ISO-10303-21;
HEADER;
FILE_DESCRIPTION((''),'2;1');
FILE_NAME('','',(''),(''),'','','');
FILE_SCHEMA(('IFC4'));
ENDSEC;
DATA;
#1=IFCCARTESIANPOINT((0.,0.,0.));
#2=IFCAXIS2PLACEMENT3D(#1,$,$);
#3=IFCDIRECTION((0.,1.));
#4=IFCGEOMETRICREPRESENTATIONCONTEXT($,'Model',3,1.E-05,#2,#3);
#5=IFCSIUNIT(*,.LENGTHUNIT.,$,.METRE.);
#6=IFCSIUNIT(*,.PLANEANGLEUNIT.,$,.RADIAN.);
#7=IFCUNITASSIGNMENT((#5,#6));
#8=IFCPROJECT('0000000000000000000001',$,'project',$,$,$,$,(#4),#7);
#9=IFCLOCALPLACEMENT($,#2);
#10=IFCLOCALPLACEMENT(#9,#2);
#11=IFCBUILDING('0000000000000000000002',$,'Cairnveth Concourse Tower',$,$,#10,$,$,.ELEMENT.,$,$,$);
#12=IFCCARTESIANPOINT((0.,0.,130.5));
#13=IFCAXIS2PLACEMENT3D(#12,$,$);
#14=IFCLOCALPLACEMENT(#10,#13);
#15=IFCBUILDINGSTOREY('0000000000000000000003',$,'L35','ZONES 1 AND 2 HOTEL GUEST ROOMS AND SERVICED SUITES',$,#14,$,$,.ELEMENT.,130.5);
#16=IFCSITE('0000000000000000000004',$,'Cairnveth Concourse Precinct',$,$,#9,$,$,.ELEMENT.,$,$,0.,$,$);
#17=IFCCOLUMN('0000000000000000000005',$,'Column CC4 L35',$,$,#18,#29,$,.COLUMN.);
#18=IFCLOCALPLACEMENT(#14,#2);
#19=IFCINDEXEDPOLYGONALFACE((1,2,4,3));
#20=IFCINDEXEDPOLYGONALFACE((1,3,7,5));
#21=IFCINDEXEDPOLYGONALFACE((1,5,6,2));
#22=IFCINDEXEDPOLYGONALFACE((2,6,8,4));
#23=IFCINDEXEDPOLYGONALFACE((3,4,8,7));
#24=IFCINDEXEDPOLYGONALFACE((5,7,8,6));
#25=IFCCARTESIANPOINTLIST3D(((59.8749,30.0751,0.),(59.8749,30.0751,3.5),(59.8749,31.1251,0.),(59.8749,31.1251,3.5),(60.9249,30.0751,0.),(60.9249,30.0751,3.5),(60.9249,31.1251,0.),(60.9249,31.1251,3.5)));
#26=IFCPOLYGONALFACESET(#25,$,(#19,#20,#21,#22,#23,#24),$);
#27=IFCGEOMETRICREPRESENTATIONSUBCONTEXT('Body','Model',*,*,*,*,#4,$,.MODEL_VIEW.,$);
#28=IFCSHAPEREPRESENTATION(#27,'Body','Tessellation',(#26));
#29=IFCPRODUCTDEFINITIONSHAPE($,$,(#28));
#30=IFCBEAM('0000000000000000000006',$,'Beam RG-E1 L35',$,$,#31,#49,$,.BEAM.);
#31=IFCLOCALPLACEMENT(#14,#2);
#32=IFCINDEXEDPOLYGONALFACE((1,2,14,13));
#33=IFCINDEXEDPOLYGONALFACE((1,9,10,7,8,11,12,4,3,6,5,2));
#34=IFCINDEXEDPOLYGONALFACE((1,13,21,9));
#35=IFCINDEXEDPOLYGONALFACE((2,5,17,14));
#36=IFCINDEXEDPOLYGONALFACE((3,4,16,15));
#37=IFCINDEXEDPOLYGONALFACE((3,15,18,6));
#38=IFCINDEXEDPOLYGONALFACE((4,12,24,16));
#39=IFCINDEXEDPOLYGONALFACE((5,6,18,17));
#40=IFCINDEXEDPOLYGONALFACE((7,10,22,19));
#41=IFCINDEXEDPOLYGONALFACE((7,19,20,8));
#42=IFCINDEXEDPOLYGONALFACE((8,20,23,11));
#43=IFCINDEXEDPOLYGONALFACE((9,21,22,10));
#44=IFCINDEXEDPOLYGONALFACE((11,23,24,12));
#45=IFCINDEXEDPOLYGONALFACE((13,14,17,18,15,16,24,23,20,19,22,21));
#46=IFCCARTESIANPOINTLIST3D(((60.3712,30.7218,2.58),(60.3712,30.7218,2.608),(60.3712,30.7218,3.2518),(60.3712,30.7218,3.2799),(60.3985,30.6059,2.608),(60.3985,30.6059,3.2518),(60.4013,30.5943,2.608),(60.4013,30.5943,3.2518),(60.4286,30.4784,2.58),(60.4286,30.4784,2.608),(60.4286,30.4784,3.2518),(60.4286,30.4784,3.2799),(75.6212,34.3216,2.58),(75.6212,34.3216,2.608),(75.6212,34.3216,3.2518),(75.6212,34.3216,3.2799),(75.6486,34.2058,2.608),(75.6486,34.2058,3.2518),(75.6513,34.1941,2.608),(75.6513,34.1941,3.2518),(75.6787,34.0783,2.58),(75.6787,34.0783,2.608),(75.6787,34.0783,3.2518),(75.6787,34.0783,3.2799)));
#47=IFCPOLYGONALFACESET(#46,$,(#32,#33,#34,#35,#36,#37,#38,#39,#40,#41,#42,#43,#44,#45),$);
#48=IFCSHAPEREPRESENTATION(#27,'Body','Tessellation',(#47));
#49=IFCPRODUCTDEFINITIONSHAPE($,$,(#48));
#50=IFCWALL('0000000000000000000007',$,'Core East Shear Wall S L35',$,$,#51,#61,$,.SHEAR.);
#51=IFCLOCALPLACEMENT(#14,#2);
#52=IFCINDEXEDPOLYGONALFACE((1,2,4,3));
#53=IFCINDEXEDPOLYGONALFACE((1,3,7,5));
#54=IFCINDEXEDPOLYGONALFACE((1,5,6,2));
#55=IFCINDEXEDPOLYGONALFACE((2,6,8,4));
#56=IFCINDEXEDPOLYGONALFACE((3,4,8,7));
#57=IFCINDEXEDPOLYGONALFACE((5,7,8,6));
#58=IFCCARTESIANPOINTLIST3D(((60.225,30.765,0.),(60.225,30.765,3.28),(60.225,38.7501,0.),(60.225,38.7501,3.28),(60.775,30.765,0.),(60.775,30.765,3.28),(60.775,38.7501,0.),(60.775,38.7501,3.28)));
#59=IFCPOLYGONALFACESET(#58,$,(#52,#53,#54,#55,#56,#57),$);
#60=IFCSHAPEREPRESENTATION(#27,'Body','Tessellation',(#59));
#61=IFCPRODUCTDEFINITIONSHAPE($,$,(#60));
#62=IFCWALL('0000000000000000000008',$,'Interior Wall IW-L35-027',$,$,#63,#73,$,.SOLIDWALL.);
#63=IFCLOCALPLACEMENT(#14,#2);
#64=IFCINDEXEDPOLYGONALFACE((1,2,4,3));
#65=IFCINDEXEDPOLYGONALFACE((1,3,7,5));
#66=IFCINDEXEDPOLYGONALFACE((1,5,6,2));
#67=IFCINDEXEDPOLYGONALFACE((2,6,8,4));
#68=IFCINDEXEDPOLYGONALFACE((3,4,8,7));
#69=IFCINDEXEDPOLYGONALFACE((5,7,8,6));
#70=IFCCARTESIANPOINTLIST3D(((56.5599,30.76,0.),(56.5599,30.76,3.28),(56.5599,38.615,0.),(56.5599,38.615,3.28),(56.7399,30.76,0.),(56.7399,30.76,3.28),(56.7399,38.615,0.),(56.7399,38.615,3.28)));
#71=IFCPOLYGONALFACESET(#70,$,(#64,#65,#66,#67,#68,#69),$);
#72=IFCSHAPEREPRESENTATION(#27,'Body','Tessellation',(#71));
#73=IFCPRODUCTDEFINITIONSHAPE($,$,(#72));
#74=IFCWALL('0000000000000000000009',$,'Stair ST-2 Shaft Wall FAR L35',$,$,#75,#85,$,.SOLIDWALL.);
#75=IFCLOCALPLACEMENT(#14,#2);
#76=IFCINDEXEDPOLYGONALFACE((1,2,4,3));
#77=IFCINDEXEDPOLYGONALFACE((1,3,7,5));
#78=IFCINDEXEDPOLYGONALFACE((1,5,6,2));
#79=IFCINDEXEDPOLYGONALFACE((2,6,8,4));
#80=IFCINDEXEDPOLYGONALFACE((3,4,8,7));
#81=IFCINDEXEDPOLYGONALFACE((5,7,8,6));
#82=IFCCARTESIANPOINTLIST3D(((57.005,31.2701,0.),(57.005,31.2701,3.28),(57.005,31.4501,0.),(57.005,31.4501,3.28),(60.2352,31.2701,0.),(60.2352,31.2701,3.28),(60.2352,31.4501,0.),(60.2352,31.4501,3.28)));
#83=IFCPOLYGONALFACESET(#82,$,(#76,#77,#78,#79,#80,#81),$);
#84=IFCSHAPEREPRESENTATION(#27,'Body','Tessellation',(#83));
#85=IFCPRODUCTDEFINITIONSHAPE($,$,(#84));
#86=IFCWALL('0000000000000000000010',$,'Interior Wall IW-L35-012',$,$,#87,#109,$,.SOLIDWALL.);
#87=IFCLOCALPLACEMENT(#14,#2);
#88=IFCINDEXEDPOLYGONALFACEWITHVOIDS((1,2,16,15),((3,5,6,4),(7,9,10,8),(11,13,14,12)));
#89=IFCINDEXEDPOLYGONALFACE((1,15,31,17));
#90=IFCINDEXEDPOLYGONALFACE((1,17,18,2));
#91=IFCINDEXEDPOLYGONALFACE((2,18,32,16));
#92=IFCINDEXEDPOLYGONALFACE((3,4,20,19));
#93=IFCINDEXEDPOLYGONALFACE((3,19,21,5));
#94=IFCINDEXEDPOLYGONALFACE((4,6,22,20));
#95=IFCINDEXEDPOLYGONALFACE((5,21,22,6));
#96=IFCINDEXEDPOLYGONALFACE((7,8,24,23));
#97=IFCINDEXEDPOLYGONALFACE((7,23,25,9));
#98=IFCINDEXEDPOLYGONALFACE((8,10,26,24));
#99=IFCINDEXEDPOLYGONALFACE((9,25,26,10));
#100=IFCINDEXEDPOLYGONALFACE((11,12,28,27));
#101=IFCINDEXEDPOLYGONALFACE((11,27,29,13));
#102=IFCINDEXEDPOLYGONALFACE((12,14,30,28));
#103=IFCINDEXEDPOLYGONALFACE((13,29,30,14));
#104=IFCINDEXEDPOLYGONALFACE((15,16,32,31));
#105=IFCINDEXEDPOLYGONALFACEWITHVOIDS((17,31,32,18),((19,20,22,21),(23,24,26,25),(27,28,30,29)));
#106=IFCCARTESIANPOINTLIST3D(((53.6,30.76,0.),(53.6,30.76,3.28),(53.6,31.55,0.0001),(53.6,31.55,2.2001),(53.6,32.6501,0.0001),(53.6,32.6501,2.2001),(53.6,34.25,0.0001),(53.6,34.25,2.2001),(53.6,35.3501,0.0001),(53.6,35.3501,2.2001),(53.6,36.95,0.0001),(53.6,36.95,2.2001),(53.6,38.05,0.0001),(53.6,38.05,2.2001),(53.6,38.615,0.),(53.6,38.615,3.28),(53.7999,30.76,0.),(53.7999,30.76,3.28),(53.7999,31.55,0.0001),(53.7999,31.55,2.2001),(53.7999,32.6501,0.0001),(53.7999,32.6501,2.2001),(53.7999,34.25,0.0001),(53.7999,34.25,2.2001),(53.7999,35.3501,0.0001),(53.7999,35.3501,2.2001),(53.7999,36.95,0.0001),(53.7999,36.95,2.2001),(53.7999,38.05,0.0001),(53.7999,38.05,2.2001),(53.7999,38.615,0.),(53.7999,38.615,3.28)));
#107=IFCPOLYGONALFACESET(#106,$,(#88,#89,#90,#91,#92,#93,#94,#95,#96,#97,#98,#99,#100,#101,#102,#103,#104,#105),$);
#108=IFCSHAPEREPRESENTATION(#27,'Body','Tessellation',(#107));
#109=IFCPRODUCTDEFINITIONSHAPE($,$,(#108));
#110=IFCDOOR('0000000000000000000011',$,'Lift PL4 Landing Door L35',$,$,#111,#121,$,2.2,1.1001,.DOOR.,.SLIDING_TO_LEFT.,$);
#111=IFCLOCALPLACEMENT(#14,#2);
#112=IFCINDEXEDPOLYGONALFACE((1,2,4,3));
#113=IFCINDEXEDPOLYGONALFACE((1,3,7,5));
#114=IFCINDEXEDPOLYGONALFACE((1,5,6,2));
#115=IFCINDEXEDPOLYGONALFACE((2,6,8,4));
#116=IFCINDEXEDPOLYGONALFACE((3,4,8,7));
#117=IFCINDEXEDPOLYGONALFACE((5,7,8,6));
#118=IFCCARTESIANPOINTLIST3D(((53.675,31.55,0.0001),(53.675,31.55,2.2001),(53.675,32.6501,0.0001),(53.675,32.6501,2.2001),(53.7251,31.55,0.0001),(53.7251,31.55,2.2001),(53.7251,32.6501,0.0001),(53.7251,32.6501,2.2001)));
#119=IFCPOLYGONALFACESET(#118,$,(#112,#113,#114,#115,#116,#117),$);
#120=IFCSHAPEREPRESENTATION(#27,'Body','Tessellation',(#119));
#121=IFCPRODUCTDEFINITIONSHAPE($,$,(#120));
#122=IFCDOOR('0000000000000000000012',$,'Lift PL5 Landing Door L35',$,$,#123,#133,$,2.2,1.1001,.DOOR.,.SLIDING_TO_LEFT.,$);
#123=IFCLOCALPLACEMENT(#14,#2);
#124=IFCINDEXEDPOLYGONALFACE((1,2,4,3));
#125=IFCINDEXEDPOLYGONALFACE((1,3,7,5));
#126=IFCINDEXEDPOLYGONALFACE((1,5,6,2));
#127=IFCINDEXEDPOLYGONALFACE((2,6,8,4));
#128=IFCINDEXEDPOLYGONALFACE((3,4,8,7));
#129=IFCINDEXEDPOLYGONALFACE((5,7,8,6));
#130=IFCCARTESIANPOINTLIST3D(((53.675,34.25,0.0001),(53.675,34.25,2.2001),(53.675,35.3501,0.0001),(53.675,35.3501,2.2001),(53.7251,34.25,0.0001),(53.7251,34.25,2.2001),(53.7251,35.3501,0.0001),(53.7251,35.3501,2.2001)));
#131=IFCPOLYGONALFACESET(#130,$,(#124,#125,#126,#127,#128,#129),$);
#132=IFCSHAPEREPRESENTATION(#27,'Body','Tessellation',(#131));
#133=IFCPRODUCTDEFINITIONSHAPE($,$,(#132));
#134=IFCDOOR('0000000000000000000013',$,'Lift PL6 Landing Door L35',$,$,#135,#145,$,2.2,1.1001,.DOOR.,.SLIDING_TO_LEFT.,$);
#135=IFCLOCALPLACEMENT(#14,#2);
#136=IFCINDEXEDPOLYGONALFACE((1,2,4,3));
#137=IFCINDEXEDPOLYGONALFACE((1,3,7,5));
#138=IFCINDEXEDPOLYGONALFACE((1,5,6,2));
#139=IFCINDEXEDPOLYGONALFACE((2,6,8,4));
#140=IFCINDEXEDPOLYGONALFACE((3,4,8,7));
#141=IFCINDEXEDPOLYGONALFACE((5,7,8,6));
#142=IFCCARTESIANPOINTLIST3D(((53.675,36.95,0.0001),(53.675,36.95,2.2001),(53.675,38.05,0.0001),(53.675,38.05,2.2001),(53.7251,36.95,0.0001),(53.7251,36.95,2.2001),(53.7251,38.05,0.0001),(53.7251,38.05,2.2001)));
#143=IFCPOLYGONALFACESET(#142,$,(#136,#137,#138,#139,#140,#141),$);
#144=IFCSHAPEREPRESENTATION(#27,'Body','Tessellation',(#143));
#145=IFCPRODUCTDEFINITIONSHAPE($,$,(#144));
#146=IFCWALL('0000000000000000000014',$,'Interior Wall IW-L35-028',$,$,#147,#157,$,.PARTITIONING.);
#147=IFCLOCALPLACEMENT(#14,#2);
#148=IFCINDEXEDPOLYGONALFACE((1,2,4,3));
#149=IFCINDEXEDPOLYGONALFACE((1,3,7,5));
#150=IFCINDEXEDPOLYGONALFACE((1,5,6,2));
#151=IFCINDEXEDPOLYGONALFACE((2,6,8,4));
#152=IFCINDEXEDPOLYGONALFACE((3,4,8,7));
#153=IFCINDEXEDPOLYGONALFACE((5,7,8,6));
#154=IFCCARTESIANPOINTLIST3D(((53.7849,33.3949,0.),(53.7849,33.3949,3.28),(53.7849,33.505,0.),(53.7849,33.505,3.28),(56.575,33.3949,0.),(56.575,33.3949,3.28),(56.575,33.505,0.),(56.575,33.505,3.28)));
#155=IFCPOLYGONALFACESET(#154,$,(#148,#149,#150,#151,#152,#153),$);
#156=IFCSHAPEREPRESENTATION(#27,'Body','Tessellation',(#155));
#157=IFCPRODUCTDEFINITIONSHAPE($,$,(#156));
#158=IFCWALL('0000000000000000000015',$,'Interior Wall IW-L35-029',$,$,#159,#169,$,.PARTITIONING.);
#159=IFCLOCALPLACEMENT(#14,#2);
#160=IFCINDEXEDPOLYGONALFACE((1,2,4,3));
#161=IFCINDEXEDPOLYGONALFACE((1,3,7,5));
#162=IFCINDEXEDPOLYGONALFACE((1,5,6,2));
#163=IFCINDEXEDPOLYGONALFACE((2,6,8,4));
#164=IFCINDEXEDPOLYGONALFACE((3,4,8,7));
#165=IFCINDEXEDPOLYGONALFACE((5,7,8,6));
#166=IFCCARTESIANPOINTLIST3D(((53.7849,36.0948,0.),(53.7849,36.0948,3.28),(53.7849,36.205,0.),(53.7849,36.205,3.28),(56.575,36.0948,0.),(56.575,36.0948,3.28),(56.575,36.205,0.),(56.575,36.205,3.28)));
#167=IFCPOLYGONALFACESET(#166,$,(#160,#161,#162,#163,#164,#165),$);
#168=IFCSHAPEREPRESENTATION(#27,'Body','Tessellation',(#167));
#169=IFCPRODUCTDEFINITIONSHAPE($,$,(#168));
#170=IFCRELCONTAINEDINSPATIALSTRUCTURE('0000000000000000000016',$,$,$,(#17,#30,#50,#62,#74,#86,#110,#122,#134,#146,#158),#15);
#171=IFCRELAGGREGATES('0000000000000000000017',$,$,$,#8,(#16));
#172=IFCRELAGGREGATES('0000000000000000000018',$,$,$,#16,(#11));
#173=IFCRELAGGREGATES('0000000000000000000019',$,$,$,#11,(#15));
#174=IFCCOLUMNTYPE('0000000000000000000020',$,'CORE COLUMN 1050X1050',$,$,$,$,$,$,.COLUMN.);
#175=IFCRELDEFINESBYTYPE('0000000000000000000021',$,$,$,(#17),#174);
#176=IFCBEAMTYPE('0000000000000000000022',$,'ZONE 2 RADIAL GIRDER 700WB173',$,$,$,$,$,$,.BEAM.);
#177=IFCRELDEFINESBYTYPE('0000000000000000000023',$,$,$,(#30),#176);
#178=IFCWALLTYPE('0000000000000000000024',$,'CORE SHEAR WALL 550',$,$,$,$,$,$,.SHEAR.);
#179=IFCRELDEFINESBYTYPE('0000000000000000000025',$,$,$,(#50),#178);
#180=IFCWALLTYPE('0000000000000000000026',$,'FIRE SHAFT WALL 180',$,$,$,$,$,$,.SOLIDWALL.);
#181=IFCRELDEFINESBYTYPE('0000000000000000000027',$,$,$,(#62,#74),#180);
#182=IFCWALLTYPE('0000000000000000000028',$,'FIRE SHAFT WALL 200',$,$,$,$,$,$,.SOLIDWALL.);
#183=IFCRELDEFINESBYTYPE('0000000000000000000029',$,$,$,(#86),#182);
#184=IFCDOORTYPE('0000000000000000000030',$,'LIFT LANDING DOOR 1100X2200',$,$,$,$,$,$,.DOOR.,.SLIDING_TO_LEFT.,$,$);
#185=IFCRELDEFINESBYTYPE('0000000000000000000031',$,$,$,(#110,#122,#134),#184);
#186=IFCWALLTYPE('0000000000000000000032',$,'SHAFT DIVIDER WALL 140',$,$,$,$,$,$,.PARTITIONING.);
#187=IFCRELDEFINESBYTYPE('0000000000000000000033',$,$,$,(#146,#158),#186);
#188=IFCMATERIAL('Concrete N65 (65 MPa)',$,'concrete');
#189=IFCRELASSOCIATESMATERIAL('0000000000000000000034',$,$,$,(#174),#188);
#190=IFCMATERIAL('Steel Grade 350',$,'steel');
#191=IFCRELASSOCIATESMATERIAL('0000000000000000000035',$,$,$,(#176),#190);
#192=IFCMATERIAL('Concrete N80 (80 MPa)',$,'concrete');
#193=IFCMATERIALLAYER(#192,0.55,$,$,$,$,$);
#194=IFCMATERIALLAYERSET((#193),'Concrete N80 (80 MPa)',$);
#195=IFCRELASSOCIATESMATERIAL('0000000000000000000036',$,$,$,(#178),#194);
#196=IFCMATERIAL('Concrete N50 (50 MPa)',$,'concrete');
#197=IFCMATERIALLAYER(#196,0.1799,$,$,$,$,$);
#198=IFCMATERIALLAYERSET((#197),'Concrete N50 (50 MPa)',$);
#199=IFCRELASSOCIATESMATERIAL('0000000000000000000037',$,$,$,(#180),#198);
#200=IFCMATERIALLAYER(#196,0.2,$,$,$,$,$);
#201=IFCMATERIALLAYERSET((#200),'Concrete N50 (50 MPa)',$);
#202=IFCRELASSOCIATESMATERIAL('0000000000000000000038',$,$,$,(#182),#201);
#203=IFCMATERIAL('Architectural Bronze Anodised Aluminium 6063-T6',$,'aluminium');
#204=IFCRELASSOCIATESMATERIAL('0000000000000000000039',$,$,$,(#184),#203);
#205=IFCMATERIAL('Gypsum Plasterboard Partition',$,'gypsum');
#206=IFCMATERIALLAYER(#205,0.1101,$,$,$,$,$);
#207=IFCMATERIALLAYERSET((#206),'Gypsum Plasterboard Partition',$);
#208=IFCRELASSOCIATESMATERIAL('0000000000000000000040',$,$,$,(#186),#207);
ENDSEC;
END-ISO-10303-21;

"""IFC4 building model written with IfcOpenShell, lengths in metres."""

from ifc_helpers import new_model, si_unit, direction, frame, frame_2d, origin, origin_2d, place, context, subcontext, project, spatial, rectangle, i_section, extrude, material, layer, layer_set, material_profile, profile_set, type_object, element, fill, save


model = new_model("IFC4")

# Units and contexts
model_context = context("Model", 3, precision=1e-05, world=origin(), true_north=direction((0.0, 1.0)))
body_context = subcontext(model_context, "Body", "Model", "MODEL_VIEW")
ifc_project = project(units=[si_unit("LENGTHUNIT", "METRE"), si_unit("PLANEANGLEUNIT", "RADIAN")], contexts=[model_context])

# Site, building, storey
site_placement = place(None, origin())
site = spatial("IfcSite", under=ifc_project, at=site_placement, Name="Cairnveth Concourse Precinct", CompositionType="ELEMENT", RefElevation=0.0)
building_placement = place(site_placement, origin())
building = spatial("IfcBuilding", under=site, at=building_placement, Name="Cairnveth Concourse Tower", CompositionType="ELEMENT")
storey_placement = place(building_placement, frame((0.0, 0.0, 130.5)))
storey = spatial("IfcBuildingStorey", under=building, at=storey_placement, Name="L35", Description="ZONES 1 AND 2 HOTEL GUEST ROOMS AND SERVICED SUITES", CompositionType="ELEMENT", Elevation=130.5)

# Column
ifc_material_1 = material(Name="Concrete N65 (65 MPa)", Category="concrete")
ifc_material_profile_1 = material_profile(ifc_material_1, rectangle(XDim=1.05, YDim=1.05, at=origin_2d()), Name="RC-COL-1050x1050")
ifc_profile_set_1 = profile_set([ifc_material_profile_1], Name="Concrete N65 (65 MPa)")
column_type = type_object("IfcColumnType", Name="CORE COLUMN 1050X1050", PredefinedType="COLUMN", material=ifc_profile_set_1)
column_placement = place(storey_placement, frame((60.3999, 30.6001, 0.0), z_axis=(0.0, 0.0, 1.0), x_axis=(1.0, 0.0, 0.0)))
element("IfcColumn", 1, at=column_placement, inside=storey, type_object=column_type, Name="Column CC4 L35", PredefinedType="COLUMN", context=body_context, shape_type="SweptSolid", body=[
    extrude(rectangle(XDim=1.05, YDim=1.05, at=origin_2d()), origin(), (0.0, 0.0, 1.0), 3.5),
])

# Beam
ifc_material_2 = material(Name="Steel Grade 350", Category="steel")
ifc_material_profile_2 = material_profile(ifc_material_2, i_section(OverallWidth=0.25, OverallDepth=0.7, WebThickness=0.012, FlangeThickness=0.0281, at=origin_2d()), Name="700WB173")
ifc_profile_set_2 = profile_set([ifc_material_profile_2], Name="Steel Grade 350")
beam_type = type_object("IfcBeamType", Name="ZONE 2 RADIAL GIRDER 700WB173", PredefinedType="BEAM", material=ifc_profile_set_2)
beam_placement = place(storey_placement, frame((60.3999, 30.6001, 2.9299), z_axis=(0.973252, 0.229742, 0.0), x_axis=(-0.229742, 0.973252, 0.0)))
element("IfcBeam", 2, at=beam_placement, inside=storey, type_object=beam_type, Name="Beam RG-E1 L35", PredefinedType="BEAM", context=body_context, shape_type="SweptSolid", body=[
    extrude(i_section(OverallWidth=0.25, OverallDepth=0.7, WebThickness=0.012, FlangeThickness=0.0281, at=origin_2d()), origin(), (0.0, 0.0, 1.0), 15.6692),
])

# Walls
ifc_material_3 = material(Name="Concrete N80 (80 MPa)", Category="concrete")
ifc_layer_1 = layer(ifc_material_3, 0.55)
ifc_layer_set_1 = layer_set([ifc_layer_1], Name="Concrete N80 (80 MPa)")
wall_type_1 = type_object("IfcWallType", Name="CORE SHEAR WALL 550", PredefinedType="SHEAR", material=ifc_layer_set_1)
wall_1_placement = place(storey_placement, frame((60.5, 30.7649, 0.0), z_axis=(0.0, 0.0, 1.0), x_axis=(0.0, 1.0, 0.0)))
element("IfcWall", 3, at=wall_1_placement, inside=storey, type_object=wall_type_1, Name="Core East Shear Wall S L35", PredefinedType="SHEAR", context=body_context, shape_type="SweptSolid", body=[
    extrude(rectangle(XDim=7.9851, YDim=0.55, at=frame_2d((3.9927, 0.0))), origin(), (0.0, 0.0, 1.0), 3.28),
])
ifc_material_4 = material(Name="Concrete N50 (50 MPa)", Category="concrete")
ifc_layer_2 = layer(ifc_material_4, 0.1799)
ifc_layer_set_2 = layer_set([ifc_layer_2], Name="Concrete N50 (50 MPa)")
wall_type_2 = type_object("IfcWallType", Name="FIRE SHAFT WALL 180", PredefinedType="SOLIDWALL", material=ifc_layer_set_2)
wall_2_placement = place(storey_placement, frame((56.6499, 30.76, 0.0), z_axis=(0.0, 0.0, 1.0), x_axis=(0.0, 1.0, 0.0)))
element("IfcWall", 4, at=wall_2_placement, inside=storey, type_object=wall_type_2, Name="Interior Wall IW-L35-027", PredefinedType="SOLIDWALL", context=body_context, shape_type="SweptSolid", body=[
    extrude(rectangle(XDim=7.855, YDim=0.1799, at=frame_2d((3.9275, 0.0))), origin(), (0.0, 0.0, 1.0), 3.28),
])
wall_3_placement = place(storey_placement, frame((57.0049, 31.3601, 0.0), z_axis=(0.0, 0.0, 1.0), x_axis=(1.0, 0.0, 0.0)))
element("IfcWall", 5, at=wall_3_placement, inside=storey, type_object=wall_type_2, Name="Stair ST-2 Shaft Wall FAR L35", PredefinedType="SOLIDWALL", context=body_context, shape_type="SweptSolid", body=[
    extrude(rectangle(XDim=3.2302, YDim=0.1799, at=frame_2d((1.6152, 0.0))), origin(), (0.0, 0.0, 1.0), 3.28),
])

# Wall, openings, doors
ifc_layer_3 = layer(ifc_material_4, 0.2)
ifc_layer_set_3 = layer_set([ifc_layer_3], Name="Concrete N50 (50 MPa)")
wall_type_3 = type_object("IfcWallType", Name="FIRE SHAFT WALL 200", PredefinedType="SOLIDWALL", material=ifc_layer_set_3)
wall_4_placement = place(storey_placement, frame((53.7, 30.76, 0.0), z_axis=(0.0, 0.0, 1.0), x_axis=(0.0, 1.0, 0.0)))
wall_4 = element("IfcWall", 6, at=wall_4_placement, inside=storey, type_object=wall_type_3, Name="Interior Wall IW-L35-012", PredefinedType="SOLIDWALL", context=body_context, shape_type="SweptSolid", body=[
    extrude(rectangle(XDim=7.855, YDim=0.2, at=frame_2d((3.9275, 0.0))), origin(), (0.0, 0.0, 1.0), 3.28),
])
opening_1_placement = place(wall_4_placement, frame((0.79, 0.0, 0.0)))
opening_1 = element("IfcOpeningElement", 7, at=opening_1_placement, cuts=wall_4, PredefinedType="OPENING", context=body_context, shape_type="SweptSolid", body=[
    extrude(rectangle(XDim=1.1001, YDim=2.2, at=frame_2d((0.55, 1.1001))), frame((0.0, 0.1099, 0.0), z_axis=(0.0, -1.0, 0.0), x_axis=(1.0, 0.0, 0.0)), (0.0, 0.0, 1.0), 0.22),
])
opening_2_placement = place(wall_4_placement, frame((3.49, 0.0, 0.0)))
opening_2 = element("IfcOpeningElement", 8, at=opening_2_placement, cuts=wall_4, PredefinedType="OPENING", context=body_context, shape_type="SweptSolid", body=[
    extrude(rectangle(XDim=1.1001, YDim=2.2, at=frame_2d((0.55, 1.1001))), frame((0.0, 0.1099, 0.0), z_axis=(0.0, -1.0, 0.0), x_axis=(1.0, 0.0, 0.0)), (0.0, 0.0, 1.0), 0.22),
])
opening_3_placement = place(wall_4_placement, frame((6.1899, 0.0, 0.0)))
opening_3 = element("IfcOpeningElement", 9, at=opening_3_placement, cuts=wall_4, PredefinedType="OPENING", context=body_context, shape_type="SweptSolid", body=[
    extrude(rectangle(XDim=1.1001, YDim=2.2, at=frame_2d((0.55, 1.1001))), frame((0.0, 0.1099, 0.0), z_axis=(0.0, -1.0, 0.0), x_axis=(1.0, 0.0, 0.0)), (0.0, 0.0, 1.0), 0.22),
])
ifc_material_5 = material(Name="Architectural Bronze Anodised Aluminium 6063-T6", Category="aluminium")
door_type_1 = type_object("IfcDoorType", Name="LIFT LANDING DOOR 1100X2200", OperationType="SLIDING_TO_LEFT", PredefinedType="DOOR", material=ifc_material_5)
door_1_placement = place(opening_1_placement, origin())
door_1 = element("IfcDoor", 10, at=door_1_placement, inside=storey, type_object=door_type_1, Name="Lift PL4 Landing Door L35", OperationType="SLIDING_TO_LEFT", OverallHeight=2.2, OverallWidth=1.1001, PredefinedType="DOOR", context=body_context, shape_type="SweptSolid", body=[
    extrude(rectangle(XDim=1.1001, YDim=2.2, at=frame_2d((0.55, 1.1001))), frame((0.0, 0.0249, 0.0), z_axis=(0.0, -1.0, 0.0), x_axis=(1.0, 0.0, 0.0)), (0.0, 0.0, 1.0), 0.05),
])
fill(opening_1, door_1)
door_2_placement = place(opening_2_placement, origin())
door_2 = element("IfcDoor", 11, at=door_2_placement, inside=storey, type_object=door_type_1, Name="Lift PL5 Landing Door L35", OperationType="SLIDING_TO_LEFT", OverallHeight=2.2, OverallWidth=1.1001, PredefinedType="DOOR", context=body_context, shape_type="SweptSolid", body=[
    extrude(rectangle(XDim=1.1001, YDim=2.2, at=frame_2d((0.55, 1.1001))), frame((0.0, 0.0249, 0.0), z_axis=(0.0, -1.0, 0.0), x_axis=(1.0, 0.0, 0.0)), (0.0, 0.0, 1.0), 0.05),
])
fill(opening_2, door_2)
door_3_placement = place(opening_3_placement, origin())
door_3 = element("IfcDoor", 12, at=door_3_placement, inside=storey, type_object=door_type_1, Name="Lift PL6 Landing Door L35", OperationType="SLIDING_TO_LEFT", OverallHeight=2.2, OverallWidth=1.1001, PredefinedType="DOOR", context=body_context, shape_type="SweptSolid", body=[
    extrude(rectangle(XDim=1.1001, YDim=2.2, at=frame_2d((0.55, 1.1001))), frame((0.0, 0.0249, 0.0), z_axis=(0.0, -1.0, 0.0), x_axis=(1.0, 0.0, 0.0)), (0.0, 0.0, 1.0), 0.05),
])
fill(opening_3, door_3)

# Walls
ifc_material_6 = material(Name="Gypsum Plasterboard Partition", Category="gypsum")
ifc_layer_4 = layer(ifc_material_6, 0.1101)
ifc_layer_set_4 = layer_set([ifc_layer_4], Name="Gypsum Plasterboard Partition")
wall_type_4 = type_object("IfcWallType", Name="SHAFT DIVIDER WALL 140", PredefinedType="PARTITIONING", material=ifc_layer_set_4)
for number, where, z_axis, x_axis, name in (
    (13, (53.7849, 33.45, 0.0), (0.0, 0.0, 1.0), (1.0, 0.0, 0.0), "Interior Wall IW-L35-028"),
    (14, (53.7849, 36.1499, 0.0), (0.0, 0.0, 1.0), (1.0, 0.0, 0.0), "Interior Wall IW-L35-029"),
):
    element("IfcWall", number, at=place(storey_placement, frame(where, z_axis=z_axis, x_axis=x_axis)), inside=storey, type_object=wall_type_4, Name=name, PredefinedType="PARTITIONING", context=body_context, shape_type="SweptSolid", body=[
        extrude(rectangle(XDim=2.79, YDim=0.1101, at=frame_2d((1.395, 0.0))), origin(), (0.0, 0.0, 1.0), 3.28),
    ])

save(model, "model.ifc")
